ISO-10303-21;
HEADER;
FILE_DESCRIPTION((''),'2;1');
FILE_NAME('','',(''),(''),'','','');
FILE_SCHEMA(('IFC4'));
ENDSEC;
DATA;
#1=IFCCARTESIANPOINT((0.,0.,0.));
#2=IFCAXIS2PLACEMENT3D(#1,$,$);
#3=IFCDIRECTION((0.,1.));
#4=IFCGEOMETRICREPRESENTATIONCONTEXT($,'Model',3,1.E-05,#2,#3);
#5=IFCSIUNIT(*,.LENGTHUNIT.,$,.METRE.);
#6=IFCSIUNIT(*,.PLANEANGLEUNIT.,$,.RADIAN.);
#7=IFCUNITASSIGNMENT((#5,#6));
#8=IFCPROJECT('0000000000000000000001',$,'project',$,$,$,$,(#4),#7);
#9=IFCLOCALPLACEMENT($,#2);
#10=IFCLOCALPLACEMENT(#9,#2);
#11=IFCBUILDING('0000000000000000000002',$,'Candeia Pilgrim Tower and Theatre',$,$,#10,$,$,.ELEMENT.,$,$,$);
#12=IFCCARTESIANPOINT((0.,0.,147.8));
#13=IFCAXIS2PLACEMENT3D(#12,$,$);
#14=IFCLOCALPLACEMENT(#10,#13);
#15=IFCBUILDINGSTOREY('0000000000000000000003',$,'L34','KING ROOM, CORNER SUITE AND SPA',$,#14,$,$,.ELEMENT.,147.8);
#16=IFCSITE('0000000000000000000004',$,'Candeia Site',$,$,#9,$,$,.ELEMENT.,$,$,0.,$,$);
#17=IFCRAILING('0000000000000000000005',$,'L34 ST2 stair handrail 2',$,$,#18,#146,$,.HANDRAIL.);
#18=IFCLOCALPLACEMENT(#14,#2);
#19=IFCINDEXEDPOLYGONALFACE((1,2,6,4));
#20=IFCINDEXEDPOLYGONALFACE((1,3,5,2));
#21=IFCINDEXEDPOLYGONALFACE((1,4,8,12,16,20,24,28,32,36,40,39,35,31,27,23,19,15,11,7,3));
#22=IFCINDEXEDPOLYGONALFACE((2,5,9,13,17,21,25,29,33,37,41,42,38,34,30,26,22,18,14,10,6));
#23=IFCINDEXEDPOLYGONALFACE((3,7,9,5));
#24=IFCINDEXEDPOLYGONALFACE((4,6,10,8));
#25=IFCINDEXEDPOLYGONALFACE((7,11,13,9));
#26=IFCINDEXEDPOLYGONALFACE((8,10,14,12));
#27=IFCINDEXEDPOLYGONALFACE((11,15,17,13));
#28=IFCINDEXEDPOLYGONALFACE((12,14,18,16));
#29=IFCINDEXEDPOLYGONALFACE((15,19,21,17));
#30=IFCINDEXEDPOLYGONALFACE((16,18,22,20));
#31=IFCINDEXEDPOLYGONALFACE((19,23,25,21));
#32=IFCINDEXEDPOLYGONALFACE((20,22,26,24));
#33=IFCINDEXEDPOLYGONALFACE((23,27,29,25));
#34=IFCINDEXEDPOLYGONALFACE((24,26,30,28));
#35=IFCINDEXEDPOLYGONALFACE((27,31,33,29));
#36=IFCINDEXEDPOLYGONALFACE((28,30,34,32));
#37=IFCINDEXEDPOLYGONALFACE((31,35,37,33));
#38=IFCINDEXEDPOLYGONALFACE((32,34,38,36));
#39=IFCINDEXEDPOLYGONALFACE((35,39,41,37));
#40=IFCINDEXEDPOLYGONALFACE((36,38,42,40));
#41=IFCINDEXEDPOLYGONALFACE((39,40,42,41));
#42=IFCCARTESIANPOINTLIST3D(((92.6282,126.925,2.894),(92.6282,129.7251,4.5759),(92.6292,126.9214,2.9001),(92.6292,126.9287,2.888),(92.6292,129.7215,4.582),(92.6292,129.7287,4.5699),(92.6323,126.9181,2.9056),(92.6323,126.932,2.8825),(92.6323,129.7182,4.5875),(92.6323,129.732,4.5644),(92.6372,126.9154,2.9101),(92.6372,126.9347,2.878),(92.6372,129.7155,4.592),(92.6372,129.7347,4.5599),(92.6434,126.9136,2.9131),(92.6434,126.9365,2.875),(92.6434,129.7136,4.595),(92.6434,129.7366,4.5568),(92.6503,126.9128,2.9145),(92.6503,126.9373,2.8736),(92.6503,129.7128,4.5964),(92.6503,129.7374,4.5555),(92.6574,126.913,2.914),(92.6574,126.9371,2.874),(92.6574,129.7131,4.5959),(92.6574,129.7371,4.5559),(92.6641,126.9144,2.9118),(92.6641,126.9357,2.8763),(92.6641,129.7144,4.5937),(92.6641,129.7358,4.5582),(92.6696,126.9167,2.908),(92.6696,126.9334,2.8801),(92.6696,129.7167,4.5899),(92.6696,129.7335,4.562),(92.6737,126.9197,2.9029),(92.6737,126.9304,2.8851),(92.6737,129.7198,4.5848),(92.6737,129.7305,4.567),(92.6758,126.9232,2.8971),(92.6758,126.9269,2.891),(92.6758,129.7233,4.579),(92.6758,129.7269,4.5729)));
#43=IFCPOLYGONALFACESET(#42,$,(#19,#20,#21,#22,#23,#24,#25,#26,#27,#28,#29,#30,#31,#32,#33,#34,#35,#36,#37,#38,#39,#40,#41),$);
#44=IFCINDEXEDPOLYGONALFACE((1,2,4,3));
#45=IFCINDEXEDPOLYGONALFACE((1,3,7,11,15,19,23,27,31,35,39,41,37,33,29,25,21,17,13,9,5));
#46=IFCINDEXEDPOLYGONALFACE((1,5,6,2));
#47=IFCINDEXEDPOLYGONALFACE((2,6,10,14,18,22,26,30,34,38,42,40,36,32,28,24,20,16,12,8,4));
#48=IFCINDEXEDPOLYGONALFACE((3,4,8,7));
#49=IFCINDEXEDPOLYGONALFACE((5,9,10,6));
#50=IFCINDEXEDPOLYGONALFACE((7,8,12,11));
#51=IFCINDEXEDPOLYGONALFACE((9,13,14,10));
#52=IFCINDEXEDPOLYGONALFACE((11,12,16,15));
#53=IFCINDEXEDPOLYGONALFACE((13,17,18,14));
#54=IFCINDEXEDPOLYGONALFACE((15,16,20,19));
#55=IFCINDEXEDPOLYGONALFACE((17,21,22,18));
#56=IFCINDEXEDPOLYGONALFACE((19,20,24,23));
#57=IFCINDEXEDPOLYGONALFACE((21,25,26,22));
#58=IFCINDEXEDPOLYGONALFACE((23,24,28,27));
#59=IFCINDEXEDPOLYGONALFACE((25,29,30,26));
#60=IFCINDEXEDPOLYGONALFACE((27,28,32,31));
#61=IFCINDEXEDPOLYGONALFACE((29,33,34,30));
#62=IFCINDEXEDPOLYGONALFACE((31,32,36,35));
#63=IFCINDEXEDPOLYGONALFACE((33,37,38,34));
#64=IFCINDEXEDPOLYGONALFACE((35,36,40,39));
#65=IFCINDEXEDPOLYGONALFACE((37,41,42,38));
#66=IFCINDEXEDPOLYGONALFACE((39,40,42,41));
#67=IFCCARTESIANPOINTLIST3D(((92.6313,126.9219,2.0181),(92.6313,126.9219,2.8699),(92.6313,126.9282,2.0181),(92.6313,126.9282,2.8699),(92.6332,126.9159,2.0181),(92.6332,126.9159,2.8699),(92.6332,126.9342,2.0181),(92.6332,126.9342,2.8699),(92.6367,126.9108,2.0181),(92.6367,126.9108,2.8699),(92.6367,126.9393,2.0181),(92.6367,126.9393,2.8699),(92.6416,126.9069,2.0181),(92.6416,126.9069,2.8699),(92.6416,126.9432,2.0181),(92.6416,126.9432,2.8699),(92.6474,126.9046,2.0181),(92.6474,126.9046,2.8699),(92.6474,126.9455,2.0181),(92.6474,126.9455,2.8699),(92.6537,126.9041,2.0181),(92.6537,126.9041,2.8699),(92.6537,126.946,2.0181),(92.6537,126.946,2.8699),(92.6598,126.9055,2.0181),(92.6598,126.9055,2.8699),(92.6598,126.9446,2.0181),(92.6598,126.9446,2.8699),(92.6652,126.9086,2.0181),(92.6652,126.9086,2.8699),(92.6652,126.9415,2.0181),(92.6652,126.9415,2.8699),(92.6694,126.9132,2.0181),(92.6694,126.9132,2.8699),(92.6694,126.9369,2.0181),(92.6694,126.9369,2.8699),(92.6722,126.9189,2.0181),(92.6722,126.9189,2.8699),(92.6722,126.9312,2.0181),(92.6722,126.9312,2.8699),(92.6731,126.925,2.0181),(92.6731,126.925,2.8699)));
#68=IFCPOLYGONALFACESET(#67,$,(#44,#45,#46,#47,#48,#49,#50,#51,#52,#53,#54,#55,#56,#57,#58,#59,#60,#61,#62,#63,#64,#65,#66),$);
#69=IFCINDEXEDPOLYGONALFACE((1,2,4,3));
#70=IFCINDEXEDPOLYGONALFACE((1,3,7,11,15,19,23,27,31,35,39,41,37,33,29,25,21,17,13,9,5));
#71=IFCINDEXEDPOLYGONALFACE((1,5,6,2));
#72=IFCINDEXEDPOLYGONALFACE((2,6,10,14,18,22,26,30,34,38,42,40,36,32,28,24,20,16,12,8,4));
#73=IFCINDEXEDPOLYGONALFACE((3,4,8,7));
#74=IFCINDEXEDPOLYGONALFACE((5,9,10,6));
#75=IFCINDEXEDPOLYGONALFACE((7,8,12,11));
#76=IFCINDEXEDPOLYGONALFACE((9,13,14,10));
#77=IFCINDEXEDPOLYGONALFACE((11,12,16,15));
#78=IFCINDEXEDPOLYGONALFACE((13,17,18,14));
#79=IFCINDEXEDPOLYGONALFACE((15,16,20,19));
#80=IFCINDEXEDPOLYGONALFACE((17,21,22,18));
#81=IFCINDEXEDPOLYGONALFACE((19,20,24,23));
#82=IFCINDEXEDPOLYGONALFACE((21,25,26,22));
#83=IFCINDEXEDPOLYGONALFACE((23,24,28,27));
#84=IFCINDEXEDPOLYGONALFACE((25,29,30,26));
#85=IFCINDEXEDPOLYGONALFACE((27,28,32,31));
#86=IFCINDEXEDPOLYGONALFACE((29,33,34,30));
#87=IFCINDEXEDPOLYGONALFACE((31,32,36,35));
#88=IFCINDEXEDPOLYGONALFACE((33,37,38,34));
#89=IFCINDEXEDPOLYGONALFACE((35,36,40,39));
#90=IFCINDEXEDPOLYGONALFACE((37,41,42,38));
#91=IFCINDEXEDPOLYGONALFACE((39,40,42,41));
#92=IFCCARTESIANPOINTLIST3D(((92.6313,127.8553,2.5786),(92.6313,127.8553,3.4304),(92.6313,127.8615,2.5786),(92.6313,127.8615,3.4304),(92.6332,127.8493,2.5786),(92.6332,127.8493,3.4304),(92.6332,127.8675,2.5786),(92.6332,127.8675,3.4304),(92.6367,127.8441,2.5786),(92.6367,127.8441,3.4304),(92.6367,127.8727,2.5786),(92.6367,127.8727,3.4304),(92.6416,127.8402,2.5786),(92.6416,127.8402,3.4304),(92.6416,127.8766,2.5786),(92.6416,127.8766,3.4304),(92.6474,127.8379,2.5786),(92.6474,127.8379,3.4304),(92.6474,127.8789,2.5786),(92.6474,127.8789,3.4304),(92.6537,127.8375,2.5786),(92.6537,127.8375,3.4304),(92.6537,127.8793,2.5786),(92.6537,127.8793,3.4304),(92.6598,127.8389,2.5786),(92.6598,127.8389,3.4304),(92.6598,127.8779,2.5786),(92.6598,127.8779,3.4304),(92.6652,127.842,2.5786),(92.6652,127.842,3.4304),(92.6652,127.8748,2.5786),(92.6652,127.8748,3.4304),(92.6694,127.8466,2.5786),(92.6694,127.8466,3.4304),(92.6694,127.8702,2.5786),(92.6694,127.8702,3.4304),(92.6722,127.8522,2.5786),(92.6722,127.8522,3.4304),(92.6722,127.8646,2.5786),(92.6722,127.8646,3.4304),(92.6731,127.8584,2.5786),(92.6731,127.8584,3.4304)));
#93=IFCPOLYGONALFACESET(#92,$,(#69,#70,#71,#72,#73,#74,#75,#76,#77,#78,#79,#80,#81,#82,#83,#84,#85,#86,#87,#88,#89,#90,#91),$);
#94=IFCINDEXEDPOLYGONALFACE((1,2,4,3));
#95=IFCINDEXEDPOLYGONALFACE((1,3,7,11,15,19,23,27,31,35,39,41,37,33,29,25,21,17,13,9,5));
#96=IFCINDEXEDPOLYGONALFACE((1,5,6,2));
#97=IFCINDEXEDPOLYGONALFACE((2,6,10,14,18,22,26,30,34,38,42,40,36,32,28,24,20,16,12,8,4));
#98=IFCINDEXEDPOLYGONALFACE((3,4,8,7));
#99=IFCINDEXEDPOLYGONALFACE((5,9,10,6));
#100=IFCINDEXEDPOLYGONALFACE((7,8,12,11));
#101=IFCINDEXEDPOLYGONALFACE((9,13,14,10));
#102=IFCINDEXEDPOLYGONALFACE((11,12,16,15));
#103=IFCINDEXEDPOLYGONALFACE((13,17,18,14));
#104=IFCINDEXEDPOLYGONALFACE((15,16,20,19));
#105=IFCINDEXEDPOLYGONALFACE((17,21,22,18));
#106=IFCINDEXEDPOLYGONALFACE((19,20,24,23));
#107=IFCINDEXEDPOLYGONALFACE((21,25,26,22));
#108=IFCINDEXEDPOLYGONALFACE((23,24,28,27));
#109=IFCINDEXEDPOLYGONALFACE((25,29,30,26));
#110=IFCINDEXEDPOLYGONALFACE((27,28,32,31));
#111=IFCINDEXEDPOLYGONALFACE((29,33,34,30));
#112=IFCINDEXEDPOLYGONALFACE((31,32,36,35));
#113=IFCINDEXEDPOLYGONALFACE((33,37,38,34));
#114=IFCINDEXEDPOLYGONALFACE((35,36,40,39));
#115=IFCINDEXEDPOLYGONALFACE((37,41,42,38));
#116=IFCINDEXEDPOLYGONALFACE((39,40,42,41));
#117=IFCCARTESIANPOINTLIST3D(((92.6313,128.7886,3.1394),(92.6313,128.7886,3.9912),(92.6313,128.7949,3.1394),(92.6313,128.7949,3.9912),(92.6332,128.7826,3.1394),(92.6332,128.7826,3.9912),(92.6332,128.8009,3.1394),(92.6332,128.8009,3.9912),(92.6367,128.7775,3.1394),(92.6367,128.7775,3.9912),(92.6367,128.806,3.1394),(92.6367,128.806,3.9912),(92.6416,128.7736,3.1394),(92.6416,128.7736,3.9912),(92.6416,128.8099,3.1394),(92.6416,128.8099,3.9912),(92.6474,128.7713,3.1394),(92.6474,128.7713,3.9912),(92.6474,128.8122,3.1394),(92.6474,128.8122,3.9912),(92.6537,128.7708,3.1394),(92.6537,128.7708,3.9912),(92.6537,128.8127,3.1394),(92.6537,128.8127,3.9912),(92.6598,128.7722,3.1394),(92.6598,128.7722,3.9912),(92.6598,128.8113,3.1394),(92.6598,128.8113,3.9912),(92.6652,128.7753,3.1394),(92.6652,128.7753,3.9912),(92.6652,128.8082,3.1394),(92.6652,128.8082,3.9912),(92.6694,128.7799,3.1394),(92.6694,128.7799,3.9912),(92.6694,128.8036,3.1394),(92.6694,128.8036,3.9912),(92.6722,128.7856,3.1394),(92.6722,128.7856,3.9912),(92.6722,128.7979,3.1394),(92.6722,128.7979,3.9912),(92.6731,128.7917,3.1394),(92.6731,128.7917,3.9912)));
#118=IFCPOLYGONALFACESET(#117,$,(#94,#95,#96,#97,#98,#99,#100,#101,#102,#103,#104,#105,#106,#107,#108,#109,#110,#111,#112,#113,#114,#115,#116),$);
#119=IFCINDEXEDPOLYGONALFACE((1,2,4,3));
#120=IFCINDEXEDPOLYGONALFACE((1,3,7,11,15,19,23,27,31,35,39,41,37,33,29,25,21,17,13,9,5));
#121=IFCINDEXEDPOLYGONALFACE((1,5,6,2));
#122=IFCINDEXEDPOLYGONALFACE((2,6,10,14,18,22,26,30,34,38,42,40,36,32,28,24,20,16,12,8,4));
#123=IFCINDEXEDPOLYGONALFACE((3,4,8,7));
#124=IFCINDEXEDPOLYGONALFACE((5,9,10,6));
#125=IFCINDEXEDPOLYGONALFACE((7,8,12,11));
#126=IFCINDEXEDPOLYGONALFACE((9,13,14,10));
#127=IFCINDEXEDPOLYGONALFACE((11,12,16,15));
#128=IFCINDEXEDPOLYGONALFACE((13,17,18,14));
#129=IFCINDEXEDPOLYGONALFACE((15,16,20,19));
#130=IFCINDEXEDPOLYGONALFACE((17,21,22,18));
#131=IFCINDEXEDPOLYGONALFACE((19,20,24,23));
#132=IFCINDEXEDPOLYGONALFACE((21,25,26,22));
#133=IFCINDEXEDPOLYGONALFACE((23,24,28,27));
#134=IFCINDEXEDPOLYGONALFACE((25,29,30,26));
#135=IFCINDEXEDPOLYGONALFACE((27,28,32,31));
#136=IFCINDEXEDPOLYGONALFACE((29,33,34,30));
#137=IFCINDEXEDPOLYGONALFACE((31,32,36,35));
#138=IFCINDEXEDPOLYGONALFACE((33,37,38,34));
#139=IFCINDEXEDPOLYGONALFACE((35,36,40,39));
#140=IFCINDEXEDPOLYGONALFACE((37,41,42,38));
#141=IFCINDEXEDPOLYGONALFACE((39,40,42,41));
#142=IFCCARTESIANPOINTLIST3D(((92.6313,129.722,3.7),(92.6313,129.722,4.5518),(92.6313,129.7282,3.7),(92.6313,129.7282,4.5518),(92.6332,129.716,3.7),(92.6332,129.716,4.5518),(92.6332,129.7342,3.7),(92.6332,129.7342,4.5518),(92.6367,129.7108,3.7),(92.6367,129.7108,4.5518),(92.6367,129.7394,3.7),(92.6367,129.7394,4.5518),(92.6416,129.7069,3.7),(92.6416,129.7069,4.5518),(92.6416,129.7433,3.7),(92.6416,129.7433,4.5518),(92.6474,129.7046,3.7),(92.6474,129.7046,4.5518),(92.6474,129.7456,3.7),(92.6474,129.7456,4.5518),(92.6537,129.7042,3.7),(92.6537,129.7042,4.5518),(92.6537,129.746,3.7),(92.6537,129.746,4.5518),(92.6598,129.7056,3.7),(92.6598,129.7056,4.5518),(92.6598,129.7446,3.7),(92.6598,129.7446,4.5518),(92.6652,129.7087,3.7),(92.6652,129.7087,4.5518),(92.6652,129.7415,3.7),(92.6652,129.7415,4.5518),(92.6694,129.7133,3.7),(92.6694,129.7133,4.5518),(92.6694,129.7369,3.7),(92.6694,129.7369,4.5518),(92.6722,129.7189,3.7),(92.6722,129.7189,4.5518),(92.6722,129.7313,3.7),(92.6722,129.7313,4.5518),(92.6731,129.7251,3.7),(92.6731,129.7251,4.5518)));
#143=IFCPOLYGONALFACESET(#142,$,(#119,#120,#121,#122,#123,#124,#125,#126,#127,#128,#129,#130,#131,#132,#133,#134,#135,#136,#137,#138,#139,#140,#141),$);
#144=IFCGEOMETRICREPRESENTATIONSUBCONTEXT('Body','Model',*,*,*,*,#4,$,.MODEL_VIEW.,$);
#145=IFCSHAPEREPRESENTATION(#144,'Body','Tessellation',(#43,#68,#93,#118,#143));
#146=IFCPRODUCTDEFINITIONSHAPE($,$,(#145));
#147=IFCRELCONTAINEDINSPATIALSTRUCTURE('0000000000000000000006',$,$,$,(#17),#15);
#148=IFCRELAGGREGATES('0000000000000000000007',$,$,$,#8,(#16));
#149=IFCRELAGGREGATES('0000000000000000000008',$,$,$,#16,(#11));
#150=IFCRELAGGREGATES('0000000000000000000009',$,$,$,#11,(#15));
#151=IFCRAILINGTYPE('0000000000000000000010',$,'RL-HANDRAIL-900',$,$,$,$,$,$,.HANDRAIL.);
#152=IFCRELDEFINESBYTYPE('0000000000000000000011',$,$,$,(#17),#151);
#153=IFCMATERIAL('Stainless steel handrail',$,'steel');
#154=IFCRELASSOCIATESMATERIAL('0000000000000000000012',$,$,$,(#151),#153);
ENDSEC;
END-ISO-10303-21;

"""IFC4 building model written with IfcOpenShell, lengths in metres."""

from ifc_helpers import new_model, si_unit, direction, frame, origin, origin_2d, place, context, subcontext, project, spatial, circle, extrude, material, type_object, element, save


model = new_model("IFC4")

# Units and contexts
model_context = context("Model", 3, precision=1e-05, world=origin(), true_north=direction((0.0, 1.0)))
body_context = subcontext(model_context, "Body", "Model", "MODEL_VIEW")
ifc_project = project(units=[si_unit("LENGTHUNIT", "METRE"), si_unit("PLANEANGLEUNIT", "RADIAN")], contexts=[model_context])

# Site, building, storey
site_placement = place(None, origin())
site = spatial("IfcSite", under=ifc_project, at=site_placement, Name="Candeia Site", CompositionType="ELEMENT", RefElevation=0.0)
building_placement = place(site_placement, origin())
building = spatial("IfcBuilding", under=site, at=building_placement, Name="Candeia Pilgrim Tower and Theatre", CompositionType="ELEMENT")
storey_placement = place(building_placement, frame((0.0, 0.0, 147.8)))
storey = spatial("IfcBuildingStorey", under=building, at=storey_placement, Name="L34", Description="KING ROOM, CORNER SUITE AND SPA", CompositionType="ELEMENT", Elevation=147.8)

# Railing
ifc_material_1 = material(Name="Stainless steel handrail", Category="steel")
railing_type = type_object("IfcRailingType", Name="RL-HANDRAIL-900", PredefinedType="HANDRAIL", material=ifc_material_1)
for number, where, name in (
    (1, (92.6521, 126.925, 2.0181), "L34 ST2 stair handrail 2"),
):
    element("IfcRailing", number, at=place(storey_placement, frame(where)), inside=storey, type_object=railing_type, Name=name, PredefinedType="HANDRAIL", context=body_context, shape_type="SweptSolid", body=[
        extrude(circle(Radius=0.0239, at=origin_2d()), frame((0.0, 0.0, 0.876), z_axis=(0.0, 0.857242, 0.514913), x_axis=(-1.0, 0.0, 0.0)), (0.0, 0.0, 1.0), 3.2664),
        extrude(circle(Radius=0.021, at=origin_2d()), origin(), (0.0, 0.0, 1.0), 0.8518),
        extrude(circle(Radius=0.021, at=origin_2d()), frame((0.0, 0.9333, 0.5605)), (0.0, 0.0, 1.0), 0.8518),
        extrude(circle(Radius=0.021, at=origin_2d()), frame((0.0, 1.8667, 1.1213)), (0.0, 0.0, 1.0), 0.8518),
        extrude(circle(Radius=0.021, at=origin_2d()), frame((0.0, 2.8, 1.6819)), (0.0, 0.0, 1.0), 0.8518),
    ])

save(model, "model.ifc")
